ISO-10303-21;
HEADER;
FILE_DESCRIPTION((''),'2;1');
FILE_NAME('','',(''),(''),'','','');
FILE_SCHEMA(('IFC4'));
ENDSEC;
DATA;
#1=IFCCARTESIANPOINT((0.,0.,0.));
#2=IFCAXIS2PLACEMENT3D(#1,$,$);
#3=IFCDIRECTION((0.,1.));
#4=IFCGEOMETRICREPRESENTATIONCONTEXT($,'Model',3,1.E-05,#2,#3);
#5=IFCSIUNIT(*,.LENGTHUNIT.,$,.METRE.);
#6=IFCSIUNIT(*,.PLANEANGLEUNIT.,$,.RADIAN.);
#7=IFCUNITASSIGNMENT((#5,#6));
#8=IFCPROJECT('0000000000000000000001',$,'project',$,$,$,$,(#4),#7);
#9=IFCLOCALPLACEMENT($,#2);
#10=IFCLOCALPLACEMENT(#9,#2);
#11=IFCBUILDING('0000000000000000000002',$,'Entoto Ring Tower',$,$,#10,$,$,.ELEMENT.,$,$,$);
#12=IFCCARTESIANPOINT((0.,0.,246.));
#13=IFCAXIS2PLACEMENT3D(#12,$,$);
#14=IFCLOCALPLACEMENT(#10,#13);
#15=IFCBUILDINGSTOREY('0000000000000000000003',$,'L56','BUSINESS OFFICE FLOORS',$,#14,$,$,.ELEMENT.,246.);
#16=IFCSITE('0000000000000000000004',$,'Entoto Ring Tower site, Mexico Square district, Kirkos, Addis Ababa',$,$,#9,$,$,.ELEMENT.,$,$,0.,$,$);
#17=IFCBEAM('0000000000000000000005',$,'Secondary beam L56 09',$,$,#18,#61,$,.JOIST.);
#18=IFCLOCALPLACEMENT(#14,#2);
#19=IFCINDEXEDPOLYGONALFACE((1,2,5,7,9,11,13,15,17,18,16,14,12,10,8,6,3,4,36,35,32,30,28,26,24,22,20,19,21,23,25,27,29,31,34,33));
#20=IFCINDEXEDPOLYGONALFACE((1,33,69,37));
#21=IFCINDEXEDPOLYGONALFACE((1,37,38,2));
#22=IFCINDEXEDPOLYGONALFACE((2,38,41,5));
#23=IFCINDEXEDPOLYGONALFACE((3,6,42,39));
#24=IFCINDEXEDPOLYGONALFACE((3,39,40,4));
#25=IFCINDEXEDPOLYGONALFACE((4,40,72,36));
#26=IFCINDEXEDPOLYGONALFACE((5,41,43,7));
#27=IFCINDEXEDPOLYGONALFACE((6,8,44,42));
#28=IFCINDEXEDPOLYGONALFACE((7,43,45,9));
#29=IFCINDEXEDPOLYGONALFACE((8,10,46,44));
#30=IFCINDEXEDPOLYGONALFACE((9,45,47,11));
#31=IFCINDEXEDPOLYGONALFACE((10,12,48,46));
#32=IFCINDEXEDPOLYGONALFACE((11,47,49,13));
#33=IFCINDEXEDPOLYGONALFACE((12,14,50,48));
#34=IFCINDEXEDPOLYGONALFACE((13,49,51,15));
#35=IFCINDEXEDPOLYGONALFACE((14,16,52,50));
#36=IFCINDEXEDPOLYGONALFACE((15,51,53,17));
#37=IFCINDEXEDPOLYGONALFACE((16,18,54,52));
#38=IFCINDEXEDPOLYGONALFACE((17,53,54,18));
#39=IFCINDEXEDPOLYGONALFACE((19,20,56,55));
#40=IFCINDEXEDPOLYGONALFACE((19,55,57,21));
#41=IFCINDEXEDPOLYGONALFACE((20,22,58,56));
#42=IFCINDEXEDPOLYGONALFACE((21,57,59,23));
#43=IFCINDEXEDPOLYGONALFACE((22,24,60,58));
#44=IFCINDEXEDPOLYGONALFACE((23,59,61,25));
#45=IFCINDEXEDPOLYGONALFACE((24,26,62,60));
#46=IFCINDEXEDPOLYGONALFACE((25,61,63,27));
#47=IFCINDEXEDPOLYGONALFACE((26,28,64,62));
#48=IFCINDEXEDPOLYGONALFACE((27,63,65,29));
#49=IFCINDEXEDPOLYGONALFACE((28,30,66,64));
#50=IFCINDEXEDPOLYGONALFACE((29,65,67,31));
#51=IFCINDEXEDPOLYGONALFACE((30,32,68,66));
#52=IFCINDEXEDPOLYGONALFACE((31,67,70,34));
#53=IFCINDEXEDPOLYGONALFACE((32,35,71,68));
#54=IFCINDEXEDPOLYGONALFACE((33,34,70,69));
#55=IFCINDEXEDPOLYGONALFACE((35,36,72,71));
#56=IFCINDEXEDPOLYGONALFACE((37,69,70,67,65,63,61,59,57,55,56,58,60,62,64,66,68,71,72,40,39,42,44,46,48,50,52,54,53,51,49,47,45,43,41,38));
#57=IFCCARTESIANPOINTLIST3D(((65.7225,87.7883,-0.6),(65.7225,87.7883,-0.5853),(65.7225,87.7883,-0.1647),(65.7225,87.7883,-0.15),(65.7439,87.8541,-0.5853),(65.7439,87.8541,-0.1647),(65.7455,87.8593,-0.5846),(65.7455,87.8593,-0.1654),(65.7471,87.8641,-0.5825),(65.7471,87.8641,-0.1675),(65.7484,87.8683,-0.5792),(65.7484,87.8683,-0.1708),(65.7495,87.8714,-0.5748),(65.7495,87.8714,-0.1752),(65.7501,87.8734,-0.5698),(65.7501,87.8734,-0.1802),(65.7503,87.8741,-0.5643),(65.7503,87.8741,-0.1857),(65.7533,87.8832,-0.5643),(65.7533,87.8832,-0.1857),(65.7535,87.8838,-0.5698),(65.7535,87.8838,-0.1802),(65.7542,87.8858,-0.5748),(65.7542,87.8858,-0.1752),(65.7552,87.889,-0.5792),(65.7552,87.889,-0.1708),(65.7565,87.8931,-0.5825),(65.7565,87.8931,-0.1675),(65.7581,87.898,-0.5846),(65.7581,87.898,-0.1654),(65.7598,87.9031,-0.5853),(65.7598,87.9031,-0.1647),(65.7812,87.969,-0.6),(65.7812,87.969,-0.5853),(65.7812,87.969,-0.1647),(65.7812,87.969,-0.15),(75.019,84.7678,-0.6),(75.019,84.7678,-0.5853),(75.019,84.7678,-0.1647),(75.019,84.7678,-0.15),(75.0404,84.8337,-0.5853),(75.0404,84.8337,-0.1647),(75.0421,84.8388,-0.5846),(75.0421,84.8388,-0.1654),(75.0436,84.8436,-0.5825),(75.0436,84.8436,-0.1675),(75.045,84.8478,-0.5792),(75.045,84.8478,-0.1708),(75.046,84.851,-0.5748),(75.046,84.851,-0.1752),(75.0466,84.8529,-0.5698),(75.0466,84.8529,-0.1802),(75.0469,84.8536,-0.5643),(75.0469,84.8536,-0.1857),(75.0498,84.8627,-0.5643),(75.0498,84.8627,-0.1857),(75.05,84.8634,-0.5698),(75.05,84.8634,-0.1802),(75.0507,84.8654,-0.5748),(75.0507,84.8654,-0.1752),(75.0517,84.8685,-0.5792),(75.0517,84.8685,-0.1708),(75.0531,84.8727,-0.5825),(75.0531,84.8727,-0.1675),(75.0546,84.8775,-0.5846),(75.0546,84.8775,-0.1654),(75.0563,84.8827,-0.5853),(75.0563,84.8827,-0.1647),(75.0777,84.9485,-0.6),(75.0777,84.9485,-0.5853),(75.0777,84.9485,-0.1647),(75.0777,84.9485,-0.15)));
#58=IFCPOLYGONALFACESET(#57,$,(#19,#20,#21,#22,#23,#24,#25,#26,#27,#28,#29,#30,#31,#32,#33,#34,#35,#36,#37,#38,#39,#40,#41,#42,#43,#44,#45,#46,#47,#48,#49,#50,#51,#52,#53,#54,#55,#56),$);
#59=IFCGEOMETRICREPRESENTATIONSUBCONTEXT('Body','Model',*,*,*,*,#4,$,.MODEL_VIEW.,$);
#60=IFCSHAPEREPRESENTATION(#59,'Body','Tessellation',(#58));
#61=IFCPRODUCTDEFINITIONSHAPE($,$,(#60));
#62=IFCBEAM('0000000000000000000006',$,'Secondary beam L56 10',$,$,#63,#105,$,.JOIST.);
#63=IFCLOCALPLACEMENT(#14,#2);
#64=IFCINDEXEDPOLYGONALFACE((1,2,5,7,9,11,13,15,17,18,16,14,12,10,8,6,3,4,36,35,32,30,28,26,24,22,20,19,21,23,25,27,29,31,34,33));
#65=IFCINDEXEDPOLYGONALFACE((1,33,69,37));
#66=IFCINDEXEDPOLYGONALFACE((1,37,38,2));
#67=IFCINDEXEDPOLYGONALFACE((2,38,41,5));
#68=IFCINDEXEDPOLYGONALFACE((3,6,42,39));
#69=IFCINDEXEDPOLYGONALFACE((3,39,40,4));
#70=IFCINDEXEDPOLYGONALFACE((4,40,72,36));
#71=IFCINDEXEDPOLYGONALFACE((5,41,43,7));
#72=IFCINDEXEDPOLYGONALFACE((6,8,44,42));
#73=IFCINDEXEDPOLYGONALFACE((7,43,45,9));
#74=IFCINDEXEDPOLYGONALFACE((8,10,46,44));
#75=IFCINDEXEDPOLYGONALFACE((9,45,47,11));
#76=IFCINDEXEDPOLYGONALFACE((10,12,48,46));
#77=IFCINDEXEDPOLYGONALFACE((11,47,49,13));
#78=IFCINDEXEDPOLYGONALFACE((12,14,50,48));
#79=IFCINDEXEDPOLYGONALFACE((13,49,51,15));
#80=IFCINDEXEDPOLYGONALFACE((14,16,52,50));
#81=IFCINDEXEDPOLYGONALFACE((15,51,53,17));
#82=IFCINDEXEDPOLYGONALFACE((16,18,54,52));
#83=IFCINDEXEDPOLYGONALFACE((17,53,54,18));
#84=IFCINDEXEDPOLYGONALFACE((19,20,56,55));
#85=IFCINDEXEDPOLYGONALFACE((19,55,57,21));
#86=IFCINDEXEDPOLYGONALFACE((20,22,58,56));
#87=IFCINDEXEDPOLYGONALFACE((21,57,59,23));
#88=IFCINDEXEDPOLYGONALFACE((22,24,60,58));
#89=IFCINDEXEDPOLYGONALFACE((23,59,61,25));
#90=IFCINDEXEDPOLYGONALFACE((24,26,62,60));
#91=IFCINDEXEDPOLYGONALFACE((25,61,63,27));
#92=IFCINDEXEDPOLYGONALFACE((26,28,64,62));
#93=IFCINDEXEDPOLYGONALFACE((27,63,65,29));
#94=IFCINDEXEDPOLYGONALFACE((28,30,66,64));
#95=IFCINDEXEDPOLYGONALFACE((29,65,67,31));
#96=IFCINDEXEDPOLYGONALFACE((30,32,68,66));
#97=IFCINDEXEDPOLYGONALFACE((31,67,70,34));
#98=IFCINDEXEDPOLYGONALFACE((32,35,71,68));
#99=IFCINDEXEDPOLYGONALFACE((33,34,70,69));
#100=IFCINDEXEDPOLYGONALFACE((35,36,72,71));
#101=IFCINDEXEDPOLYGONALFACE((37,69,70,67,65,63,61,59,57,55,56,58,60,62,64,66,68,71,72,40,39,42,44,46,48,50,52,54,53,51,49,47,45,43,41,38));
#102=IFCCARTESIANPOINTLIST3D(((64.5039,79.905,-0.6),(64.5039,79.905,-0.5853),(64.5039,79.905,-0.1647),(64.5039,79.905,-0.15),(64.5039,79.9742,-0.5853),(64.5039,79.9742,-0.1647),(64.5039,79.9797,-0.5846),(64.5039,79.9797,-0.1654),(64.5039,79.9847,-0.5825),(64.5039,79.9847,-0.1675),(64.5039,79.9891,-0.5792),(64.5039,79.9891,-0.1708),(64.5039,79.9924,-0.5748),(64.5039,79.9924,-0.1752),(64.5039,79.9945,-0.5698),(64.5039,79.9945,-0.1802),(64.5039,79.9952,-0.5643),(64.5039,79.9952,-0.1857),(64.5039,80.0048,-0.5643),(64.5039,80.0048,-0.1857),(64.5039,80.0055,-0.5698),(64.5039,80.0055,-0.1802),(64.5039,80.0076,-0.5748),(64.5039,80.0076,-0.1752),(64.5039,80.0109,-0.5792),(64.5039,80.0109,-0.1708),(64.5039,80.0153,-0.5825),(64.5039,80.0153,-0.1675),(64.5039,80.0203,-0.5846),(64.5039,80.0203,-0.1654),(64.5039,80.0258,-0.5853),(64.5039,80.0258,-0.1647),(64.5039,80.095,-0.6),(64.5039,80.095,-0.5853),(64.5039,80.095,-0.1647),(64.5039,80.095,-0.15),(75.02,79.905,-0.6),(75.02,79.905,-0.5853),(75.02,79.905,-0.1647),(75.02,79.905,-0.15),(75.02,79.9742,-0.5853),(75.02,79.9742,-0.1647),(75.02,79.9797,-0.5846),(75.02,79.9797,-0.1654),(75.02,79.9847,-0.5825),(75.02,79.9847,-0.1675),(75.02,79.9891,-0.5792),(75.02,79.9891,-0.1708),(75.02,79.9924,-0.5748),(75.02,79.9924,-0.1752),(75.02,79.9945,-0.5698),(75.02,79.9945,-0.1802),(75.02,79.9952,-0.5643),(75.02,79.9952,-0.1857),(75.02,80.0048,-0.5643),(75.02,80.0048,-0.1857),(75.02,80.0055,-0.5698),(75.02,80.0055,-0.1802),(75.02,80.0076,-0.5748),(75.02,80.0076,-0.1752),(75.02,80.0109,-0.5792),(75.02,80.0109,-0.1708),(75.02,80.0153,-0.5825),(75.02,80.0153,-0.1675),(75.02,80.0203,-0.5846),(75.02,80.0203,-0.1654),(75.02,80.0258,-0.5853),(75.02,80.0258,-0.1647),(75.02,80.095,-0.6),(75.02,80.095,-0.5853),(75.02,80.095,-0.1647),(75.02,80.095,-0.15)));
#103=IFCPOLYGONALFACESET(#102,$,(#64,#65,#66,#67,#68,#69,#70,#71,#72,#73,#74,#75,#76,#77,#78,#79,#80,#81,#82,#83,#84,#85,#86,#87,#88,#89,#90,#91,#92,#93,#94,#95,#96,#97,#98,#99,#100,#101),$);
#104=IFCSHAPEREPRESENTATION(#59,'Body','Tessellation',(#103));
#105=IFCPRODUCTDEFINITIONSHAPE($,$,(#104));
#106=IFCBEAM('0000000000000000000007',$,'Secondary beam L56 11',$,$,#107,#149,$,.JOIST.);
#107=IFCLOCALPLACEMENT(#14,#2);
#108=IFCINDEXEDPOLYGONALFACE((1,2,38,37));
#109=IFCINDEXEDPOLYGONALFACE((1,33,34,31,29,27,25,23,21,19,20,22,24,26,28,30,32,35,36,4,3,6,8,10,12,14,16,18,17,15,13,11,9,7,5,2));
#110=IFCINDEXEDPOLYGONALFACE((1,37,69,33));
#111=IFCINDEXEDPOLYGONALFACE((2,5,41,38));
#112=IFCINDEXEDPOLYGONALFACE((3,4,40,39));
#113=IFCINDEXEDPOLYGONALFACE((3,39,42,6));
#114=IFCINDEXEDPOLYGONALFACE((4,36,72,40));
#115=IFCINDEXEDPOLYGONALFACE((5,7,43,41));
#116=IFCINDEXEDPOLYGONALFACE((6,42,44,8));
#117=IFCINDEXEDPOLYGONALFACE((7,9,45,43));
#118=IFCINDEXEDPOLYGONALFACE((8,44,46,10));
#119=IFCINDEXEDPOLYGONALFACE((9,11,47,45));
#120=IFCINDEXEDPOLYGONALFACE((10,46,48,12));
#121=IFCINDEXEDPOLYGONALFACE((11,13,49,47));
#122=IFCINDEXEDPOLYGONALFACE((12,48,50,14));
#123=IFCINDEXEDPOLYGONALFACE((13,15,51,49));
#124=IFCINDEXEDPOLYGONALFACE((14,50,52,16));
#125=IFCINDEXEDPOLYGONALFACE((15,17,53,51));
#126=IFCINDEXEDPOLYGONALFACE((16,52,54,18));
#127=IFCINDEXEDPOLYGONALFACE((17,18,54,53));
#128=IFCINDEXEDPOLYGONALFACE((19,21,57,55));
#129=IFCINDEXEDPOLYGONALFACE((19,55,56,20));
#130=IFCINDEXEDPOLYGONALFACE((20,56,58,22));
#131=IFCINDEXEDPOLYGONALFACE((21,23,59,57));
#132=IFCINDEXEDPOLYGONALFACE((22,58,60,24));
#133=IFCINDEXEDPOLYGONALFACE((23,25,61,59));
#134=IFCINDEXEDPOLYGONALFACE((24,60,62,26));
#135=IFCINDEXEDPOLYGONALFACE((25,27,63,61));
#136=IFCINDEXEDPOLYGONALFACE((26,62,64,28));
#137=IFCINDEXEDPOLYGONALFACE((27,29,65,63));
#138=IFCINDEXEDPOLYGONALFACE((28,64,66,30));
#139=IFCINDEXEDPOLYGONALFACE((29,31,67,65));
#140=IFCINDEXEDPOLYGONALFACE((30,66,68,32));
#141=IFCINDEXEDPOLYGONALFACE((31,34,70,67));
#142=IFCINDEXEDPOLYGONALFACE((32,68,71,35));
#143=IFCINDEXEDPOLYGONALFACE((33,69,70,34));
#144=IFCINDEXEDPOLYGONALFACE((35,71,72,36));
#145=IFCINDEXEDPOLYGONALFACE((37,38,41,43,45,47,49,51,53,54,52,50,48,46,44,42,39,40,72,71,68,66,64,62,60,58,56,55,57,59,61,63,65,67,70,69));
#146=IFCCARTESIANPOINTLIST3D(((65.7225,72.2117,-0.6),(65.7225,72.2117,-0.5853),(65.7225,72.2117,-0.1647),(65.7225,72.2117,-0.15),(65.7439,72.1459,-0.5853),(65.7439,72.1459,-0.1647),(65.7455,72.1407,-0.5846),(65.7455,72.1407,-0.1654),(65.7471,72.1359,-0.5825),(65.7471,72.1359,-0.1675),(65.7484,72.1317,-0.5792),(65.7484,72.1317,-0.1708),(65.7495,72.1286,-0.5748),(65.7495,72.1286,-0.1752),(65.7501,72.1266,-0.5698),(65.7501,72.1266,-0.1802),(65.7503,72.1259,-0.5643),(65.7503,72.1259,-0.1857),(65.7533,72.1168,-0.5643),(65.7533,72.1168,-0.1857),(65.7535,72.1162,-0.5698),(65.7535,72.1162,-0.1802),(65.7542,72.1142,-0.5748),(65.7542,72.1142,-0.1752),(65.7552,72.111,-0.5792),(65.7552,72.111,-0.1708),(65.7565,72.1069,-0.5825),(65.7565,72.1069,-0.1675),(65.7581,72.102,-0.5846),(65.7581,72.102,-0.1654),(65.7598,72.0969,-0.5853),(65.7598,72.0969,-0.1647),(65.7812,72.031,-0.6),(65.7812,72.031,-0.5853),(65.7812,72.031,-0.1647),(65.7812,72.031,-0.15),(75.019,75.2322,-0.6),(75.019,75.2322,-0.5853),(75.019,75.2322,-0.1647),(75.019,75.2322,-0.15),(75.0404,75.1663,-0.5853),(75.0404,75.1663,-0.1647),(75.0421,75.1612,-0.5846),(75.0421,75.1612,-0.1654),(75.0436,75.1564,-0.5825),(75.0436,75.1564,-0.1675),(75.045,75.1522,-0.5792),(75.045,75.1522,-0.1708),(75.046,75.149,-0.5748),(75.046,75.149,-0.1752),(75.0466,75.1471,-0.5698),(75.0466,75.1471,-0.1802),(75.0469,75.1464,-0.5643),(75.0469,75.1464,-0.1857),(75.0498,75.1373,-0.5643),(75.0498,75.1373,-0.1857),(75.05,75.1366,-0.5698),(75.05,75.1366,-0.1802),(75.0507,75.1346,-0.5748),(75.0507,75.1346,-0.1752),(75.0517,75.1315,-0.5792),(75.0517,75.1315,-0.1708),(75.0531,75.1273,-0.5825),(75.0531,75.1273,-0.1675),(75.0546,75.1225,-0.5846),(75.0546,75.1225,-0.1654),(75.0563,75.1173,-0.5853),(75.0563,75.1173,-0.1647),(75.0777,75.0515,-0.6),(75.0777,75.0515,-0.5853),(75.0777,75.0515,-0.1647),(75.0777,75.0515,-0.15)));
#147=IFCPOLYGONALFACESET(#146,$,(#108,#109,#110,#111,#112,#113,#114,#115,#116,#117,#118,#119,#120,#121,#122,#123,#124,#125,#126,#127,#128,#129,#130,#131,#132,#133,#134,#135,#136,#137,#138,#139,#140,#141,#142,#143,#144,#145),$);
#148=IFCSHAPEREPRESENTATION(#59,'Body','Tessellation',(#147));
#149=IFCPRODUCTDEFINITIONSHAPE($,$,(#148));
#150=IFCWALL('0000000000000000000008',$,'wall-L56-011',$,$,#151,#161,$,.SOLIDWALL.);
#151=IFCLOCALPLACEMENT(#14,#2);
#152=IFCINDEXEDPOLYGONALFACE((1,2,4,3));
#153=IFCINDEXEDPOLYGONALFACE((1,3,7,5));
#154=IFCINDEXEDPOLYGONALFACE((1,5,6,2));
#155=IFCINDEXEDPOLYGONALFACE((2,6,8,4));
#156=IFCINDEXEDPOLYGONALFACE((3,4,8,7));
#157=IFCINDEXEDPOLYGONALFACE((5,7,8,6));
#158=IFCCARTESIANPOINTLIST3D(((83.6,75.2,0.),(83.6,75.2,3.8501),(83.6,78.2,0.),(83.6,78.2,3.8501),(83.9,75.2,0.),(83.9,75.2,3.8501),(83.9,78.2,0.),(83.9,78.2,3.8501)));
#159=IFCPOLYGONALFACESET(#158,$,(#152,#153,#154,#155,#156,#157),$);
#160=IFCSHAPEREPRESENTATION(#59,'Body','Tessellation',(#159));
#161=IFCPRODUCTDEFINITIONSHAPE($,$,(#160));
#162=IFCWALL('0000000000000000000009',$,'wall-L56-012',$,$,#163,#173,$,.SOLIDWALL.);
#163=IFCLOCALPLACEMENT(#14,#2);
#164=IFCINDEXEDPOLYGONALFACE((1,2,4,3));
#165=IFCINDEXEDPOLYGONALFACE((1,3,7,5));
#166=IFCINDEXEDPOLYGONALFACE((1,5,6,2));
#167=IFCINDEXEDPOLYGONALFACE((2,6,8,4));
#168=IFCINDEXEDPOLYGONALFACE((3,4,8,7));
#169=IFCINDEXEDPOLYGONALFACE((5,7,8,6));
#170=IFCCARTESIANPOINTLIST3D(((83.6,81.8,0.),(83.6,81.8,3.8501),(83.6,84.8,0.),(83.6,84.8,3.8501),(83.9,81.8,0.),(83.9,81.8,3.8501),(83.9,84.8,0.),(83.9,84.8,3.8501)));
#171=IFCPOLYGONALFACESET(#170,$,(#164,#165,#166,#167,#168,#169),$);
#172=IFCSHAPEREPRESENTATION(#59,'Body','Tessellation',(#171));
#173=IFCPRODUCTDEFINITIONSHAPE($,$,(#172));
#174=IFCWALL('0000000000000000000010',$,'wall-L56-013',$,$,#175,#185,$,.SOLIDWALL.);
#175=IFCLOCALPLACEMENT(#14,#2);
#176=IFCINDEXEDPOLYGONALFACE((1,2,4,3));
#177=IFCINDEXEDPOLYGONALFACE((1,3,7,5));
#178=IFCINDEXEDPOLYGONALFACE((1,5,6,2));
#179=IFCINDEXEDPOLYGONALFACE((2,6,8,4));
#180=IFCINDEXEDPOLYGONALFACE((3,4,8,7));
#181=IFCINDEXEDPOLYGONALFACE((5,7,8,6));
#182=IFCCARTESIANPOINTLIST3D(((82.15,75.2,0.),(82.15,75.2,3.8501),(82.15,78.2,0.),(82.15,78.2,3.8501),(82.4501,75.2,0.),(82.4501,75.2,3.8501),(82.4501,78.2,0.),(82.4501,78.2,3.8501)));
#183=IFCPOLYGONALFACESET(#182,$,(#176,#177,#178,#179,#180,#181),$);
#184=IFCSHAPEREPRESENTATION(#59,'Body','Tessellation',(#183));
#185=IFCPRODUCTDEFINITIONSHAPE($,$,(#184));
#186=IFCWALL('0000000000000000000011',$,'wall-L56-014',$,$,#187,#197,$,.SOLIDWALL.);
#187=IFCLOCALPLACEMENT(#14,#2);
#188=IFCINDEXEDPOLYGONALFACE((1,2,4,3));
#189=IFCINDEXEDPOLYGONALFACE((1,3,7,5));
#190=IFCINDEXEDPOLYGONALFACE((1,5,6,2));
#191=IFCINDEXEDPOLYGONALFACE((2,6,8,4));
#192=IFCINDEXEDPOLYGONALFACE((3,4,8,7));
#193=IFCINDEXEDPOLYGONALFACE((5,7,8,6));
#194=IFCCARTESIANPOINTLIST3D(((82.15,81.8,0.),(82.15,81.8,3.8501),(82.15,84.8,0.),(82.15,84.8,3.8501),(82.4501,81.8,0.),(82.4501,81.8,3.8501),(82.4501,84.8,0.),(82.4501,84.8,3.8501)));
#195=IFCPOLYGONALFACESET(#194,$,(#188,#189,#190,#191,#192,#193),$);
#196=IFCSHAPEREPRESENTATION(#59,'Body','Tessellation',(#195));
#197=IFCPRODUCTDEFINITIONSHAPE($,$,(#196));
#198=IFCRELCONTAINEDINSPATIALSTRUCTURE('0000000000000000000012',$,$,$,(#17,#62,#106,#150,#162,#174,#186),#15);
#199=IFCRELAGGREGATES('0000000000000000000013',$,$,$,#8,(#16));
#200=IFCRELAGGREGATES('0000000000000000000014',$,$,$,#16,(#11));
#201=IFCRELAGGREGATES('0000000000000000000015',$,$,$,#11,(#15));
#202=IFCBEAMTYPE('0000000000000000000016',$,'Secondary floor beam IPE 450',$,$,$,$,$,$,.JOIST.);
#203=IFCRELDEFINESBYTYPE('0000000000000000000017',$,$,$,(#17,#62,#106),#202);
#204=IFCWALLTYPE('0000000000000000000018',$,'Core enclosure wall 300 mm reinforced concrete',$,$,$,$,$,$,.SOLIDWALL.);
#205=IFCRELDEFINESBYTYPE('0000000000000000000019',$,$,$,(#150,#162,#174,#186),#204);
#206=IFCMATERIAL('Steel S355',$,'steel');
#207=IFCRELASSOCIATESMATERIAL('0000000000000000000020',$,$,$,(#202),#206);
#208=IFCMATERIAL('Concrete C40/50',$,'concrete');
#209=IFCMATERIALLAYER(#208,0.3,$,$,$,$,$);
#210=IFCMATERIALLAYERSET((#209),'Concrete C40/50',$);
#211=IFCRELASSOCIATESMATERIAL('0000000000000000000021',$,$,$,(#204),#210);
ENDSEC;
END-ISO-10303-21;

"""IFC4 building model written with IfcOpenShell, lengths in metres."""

from ifc_helpers import new_model, si_unit, direction, frame, frame_2d, origin, origin_2d, place, context, subcontext, project, spatial, rectangle, i_section, extrude, material, layer, layer_set, material_profile, profile_set, type_object, element, save


model = new_model("IFC4")

# Units and contexts
model_context = context("Model", 3, precision=1e-05, world=origin(), true_north=direction((0.0, 1.0)))
body_context = subcontext(model_context, "Body", "Model", "MODEL_VIEW")
ifc_project = project(units=[si_unit("LENGTHUNIT", "METRE"), si_unit("PLANEANGLEUNIT", "RADIAN")], contexts=[model_context])

# Site, building, storey
site_placement = place(None, origin())
site = spatial("IfcSite", under=ifc_project, at=site_placement, Name="Entoto Ring Tower site, Mexico Square district, Kirkos, Addis Ababa", CompositionType="ELEMENT", RefElevation=0.0)
building_placement = place(site_placement, origin())
building = spatial("IfcBuilding", under=site, at=building_placement, Name="Entoto Ring Tower", CompositionType="ELEMENT")
storey_placement = place(building_placement, frame((0.0, 0.0, 246.0)))
storey = spatial("IfcBuildingStorey", under=building, at=storey_placement, Name="L56", Description="BUSINESS OFFICE FLOORS", CompositionType="ELEMENT", Elevation=246.0)

# Beams
ifc_material_1 = material(Name="Steel S355", Category="steel")
ifc_material_profile_1 = material_profile(ifc_material_1, i_section(OverallWidth=0.1899, OverallDepth=0.45, WebThickness=0.0095, FlangeThickness=0.0146, FilletRadius=0.021, at=origin_2d()), Name="IPE 450")
ifc_profile_set_1 = profile_set([ifc_material_profile_1], Name="Steel S355")
beam_type_1 = type_object("IfcBeamType", Name="Secondary floor beam IPE 450", PredefinedType="JOIST", material=ifc_profile_set_1)
beam_1_placement = place(storey_placement, frame((75.0483, 84.8582, -0.375), z_axis=(-0.951061, 0.309003, 0.0), x_axis=(-0.309003, -0.951061, 0.0)))
element("IfcBeam", 1, at=beam_1_placement, inside=storey, type_object=beam_type_1, Name="Secondary beam L56 09", PredefinedType="JOIST", context=body_context, shape_type="SweptSolid", body=[
    extrude(i_section(OverallWidth=0.1899, OverallDepth=0.45, WebThickness=0.0095, FlangeThickness=0.0146, FilletRadius=0.021, at=origin_2d()), origin(), (0.0, 0.0, 1.0), 9.7749),
])
beam_2_placement = place(storey_placement, frame((75.02, 80.0, -0.375), z_axis=(-1.0, 0.0, 0.0), x_axis=(0.0, -1.0, 0.0)))
element("IfcBeam", 2, at=beam_2_placement, inside=storey, type_object=beam_type_1, Name="Secondary beam L56 10", PredefinedType="JOIST", context=body_context, shape_type="SweptSolid", body=[
    extrude(i_section(OverallWidth=0.1899, OverallDepth=0.45, WebThickness=0.0095, FlangeThickness=0.0146, FilletRadius=0.021, at=origin_2d()), origin(), (0.0, 0.0, 1.0), 10.5161),
])
beam_3_placement = place(storey_placement, frame((75.0483, 75.1418, -0.375), z_axis=(-0.951061, -0.309003, 0.0), x_axis=(0.309003, -0.951061, 0.0)))
element("IfcBeam", 3, at=beam_3_placement, inside=storey, type_object=beam_type_1, Name="Secondary beam L56 11", PredefinedType="JOIST", context=body_context, shape_type="SweptSolid", body=[
    extrude(i_section(OverallWidth=0.1899, OverallDepth=0.45, WebThickness=0.0095, FlangeThickness=0.0146, FilletRadius=0.021, at=origin_2d()), origin(), (0.0, 0.0, 1.0), 9.7749),
])

# Walls
ifc_material_2 = material(Name="Concrete C40/50", Category="concrete")
ifc_layer_1 = layer(ifc_material_2, 0.3)
ifc_layer_set_1 = layer_set([ifc_layer_1], Name="Concrete C40/50")
wall_type_1 = type_object("IfcWallType", Name="Core enclosure wall 300 mm reinforced concrete", PredefinedType="SOLIDWALL", material=ifc_layer_set_1)
for number, where, z_axis, x_axis, name in (
    (4, (83.75, 75.2, 0.0), (0.0, 0.0, 1.0), (0.0, 1.0, 0.0), "wall-L56-011"),
    (5, (83.75, 81.8, 0.0), (0.0, 0.0, 1.0), (0.0, 1.0, 0.0), "wall-L56-012"),
    (6, (82.3, 75.2, 0.0), (0.0, 0.0, 1.0), (0.0, 1.0, 0.0), "wall-L56-013"),
    (7, (82.3, 81.8, 0.0), (0.0, 0.0, 1.0), (0.0, 1.0, 0.0), "wall-L56-014"),
):
    element("IfcWall", number, at=place(storey_placement, frame(where, z_axis=z_axis, x_axis=x_axis)), inside=storey, type_object=wall_type_1, Name=name, PredefinedType="SOLIDWALL", context=body_context, shape_type="SweptSolid", body=[
        extrude(rectangle(XDim=3.0, YDim=0.3, at=frame_2d((1.5, 0.0))), origin(), (0.0, 0.0, 1.0), 3.8501),
    ])

save(model, "model.ifc")
